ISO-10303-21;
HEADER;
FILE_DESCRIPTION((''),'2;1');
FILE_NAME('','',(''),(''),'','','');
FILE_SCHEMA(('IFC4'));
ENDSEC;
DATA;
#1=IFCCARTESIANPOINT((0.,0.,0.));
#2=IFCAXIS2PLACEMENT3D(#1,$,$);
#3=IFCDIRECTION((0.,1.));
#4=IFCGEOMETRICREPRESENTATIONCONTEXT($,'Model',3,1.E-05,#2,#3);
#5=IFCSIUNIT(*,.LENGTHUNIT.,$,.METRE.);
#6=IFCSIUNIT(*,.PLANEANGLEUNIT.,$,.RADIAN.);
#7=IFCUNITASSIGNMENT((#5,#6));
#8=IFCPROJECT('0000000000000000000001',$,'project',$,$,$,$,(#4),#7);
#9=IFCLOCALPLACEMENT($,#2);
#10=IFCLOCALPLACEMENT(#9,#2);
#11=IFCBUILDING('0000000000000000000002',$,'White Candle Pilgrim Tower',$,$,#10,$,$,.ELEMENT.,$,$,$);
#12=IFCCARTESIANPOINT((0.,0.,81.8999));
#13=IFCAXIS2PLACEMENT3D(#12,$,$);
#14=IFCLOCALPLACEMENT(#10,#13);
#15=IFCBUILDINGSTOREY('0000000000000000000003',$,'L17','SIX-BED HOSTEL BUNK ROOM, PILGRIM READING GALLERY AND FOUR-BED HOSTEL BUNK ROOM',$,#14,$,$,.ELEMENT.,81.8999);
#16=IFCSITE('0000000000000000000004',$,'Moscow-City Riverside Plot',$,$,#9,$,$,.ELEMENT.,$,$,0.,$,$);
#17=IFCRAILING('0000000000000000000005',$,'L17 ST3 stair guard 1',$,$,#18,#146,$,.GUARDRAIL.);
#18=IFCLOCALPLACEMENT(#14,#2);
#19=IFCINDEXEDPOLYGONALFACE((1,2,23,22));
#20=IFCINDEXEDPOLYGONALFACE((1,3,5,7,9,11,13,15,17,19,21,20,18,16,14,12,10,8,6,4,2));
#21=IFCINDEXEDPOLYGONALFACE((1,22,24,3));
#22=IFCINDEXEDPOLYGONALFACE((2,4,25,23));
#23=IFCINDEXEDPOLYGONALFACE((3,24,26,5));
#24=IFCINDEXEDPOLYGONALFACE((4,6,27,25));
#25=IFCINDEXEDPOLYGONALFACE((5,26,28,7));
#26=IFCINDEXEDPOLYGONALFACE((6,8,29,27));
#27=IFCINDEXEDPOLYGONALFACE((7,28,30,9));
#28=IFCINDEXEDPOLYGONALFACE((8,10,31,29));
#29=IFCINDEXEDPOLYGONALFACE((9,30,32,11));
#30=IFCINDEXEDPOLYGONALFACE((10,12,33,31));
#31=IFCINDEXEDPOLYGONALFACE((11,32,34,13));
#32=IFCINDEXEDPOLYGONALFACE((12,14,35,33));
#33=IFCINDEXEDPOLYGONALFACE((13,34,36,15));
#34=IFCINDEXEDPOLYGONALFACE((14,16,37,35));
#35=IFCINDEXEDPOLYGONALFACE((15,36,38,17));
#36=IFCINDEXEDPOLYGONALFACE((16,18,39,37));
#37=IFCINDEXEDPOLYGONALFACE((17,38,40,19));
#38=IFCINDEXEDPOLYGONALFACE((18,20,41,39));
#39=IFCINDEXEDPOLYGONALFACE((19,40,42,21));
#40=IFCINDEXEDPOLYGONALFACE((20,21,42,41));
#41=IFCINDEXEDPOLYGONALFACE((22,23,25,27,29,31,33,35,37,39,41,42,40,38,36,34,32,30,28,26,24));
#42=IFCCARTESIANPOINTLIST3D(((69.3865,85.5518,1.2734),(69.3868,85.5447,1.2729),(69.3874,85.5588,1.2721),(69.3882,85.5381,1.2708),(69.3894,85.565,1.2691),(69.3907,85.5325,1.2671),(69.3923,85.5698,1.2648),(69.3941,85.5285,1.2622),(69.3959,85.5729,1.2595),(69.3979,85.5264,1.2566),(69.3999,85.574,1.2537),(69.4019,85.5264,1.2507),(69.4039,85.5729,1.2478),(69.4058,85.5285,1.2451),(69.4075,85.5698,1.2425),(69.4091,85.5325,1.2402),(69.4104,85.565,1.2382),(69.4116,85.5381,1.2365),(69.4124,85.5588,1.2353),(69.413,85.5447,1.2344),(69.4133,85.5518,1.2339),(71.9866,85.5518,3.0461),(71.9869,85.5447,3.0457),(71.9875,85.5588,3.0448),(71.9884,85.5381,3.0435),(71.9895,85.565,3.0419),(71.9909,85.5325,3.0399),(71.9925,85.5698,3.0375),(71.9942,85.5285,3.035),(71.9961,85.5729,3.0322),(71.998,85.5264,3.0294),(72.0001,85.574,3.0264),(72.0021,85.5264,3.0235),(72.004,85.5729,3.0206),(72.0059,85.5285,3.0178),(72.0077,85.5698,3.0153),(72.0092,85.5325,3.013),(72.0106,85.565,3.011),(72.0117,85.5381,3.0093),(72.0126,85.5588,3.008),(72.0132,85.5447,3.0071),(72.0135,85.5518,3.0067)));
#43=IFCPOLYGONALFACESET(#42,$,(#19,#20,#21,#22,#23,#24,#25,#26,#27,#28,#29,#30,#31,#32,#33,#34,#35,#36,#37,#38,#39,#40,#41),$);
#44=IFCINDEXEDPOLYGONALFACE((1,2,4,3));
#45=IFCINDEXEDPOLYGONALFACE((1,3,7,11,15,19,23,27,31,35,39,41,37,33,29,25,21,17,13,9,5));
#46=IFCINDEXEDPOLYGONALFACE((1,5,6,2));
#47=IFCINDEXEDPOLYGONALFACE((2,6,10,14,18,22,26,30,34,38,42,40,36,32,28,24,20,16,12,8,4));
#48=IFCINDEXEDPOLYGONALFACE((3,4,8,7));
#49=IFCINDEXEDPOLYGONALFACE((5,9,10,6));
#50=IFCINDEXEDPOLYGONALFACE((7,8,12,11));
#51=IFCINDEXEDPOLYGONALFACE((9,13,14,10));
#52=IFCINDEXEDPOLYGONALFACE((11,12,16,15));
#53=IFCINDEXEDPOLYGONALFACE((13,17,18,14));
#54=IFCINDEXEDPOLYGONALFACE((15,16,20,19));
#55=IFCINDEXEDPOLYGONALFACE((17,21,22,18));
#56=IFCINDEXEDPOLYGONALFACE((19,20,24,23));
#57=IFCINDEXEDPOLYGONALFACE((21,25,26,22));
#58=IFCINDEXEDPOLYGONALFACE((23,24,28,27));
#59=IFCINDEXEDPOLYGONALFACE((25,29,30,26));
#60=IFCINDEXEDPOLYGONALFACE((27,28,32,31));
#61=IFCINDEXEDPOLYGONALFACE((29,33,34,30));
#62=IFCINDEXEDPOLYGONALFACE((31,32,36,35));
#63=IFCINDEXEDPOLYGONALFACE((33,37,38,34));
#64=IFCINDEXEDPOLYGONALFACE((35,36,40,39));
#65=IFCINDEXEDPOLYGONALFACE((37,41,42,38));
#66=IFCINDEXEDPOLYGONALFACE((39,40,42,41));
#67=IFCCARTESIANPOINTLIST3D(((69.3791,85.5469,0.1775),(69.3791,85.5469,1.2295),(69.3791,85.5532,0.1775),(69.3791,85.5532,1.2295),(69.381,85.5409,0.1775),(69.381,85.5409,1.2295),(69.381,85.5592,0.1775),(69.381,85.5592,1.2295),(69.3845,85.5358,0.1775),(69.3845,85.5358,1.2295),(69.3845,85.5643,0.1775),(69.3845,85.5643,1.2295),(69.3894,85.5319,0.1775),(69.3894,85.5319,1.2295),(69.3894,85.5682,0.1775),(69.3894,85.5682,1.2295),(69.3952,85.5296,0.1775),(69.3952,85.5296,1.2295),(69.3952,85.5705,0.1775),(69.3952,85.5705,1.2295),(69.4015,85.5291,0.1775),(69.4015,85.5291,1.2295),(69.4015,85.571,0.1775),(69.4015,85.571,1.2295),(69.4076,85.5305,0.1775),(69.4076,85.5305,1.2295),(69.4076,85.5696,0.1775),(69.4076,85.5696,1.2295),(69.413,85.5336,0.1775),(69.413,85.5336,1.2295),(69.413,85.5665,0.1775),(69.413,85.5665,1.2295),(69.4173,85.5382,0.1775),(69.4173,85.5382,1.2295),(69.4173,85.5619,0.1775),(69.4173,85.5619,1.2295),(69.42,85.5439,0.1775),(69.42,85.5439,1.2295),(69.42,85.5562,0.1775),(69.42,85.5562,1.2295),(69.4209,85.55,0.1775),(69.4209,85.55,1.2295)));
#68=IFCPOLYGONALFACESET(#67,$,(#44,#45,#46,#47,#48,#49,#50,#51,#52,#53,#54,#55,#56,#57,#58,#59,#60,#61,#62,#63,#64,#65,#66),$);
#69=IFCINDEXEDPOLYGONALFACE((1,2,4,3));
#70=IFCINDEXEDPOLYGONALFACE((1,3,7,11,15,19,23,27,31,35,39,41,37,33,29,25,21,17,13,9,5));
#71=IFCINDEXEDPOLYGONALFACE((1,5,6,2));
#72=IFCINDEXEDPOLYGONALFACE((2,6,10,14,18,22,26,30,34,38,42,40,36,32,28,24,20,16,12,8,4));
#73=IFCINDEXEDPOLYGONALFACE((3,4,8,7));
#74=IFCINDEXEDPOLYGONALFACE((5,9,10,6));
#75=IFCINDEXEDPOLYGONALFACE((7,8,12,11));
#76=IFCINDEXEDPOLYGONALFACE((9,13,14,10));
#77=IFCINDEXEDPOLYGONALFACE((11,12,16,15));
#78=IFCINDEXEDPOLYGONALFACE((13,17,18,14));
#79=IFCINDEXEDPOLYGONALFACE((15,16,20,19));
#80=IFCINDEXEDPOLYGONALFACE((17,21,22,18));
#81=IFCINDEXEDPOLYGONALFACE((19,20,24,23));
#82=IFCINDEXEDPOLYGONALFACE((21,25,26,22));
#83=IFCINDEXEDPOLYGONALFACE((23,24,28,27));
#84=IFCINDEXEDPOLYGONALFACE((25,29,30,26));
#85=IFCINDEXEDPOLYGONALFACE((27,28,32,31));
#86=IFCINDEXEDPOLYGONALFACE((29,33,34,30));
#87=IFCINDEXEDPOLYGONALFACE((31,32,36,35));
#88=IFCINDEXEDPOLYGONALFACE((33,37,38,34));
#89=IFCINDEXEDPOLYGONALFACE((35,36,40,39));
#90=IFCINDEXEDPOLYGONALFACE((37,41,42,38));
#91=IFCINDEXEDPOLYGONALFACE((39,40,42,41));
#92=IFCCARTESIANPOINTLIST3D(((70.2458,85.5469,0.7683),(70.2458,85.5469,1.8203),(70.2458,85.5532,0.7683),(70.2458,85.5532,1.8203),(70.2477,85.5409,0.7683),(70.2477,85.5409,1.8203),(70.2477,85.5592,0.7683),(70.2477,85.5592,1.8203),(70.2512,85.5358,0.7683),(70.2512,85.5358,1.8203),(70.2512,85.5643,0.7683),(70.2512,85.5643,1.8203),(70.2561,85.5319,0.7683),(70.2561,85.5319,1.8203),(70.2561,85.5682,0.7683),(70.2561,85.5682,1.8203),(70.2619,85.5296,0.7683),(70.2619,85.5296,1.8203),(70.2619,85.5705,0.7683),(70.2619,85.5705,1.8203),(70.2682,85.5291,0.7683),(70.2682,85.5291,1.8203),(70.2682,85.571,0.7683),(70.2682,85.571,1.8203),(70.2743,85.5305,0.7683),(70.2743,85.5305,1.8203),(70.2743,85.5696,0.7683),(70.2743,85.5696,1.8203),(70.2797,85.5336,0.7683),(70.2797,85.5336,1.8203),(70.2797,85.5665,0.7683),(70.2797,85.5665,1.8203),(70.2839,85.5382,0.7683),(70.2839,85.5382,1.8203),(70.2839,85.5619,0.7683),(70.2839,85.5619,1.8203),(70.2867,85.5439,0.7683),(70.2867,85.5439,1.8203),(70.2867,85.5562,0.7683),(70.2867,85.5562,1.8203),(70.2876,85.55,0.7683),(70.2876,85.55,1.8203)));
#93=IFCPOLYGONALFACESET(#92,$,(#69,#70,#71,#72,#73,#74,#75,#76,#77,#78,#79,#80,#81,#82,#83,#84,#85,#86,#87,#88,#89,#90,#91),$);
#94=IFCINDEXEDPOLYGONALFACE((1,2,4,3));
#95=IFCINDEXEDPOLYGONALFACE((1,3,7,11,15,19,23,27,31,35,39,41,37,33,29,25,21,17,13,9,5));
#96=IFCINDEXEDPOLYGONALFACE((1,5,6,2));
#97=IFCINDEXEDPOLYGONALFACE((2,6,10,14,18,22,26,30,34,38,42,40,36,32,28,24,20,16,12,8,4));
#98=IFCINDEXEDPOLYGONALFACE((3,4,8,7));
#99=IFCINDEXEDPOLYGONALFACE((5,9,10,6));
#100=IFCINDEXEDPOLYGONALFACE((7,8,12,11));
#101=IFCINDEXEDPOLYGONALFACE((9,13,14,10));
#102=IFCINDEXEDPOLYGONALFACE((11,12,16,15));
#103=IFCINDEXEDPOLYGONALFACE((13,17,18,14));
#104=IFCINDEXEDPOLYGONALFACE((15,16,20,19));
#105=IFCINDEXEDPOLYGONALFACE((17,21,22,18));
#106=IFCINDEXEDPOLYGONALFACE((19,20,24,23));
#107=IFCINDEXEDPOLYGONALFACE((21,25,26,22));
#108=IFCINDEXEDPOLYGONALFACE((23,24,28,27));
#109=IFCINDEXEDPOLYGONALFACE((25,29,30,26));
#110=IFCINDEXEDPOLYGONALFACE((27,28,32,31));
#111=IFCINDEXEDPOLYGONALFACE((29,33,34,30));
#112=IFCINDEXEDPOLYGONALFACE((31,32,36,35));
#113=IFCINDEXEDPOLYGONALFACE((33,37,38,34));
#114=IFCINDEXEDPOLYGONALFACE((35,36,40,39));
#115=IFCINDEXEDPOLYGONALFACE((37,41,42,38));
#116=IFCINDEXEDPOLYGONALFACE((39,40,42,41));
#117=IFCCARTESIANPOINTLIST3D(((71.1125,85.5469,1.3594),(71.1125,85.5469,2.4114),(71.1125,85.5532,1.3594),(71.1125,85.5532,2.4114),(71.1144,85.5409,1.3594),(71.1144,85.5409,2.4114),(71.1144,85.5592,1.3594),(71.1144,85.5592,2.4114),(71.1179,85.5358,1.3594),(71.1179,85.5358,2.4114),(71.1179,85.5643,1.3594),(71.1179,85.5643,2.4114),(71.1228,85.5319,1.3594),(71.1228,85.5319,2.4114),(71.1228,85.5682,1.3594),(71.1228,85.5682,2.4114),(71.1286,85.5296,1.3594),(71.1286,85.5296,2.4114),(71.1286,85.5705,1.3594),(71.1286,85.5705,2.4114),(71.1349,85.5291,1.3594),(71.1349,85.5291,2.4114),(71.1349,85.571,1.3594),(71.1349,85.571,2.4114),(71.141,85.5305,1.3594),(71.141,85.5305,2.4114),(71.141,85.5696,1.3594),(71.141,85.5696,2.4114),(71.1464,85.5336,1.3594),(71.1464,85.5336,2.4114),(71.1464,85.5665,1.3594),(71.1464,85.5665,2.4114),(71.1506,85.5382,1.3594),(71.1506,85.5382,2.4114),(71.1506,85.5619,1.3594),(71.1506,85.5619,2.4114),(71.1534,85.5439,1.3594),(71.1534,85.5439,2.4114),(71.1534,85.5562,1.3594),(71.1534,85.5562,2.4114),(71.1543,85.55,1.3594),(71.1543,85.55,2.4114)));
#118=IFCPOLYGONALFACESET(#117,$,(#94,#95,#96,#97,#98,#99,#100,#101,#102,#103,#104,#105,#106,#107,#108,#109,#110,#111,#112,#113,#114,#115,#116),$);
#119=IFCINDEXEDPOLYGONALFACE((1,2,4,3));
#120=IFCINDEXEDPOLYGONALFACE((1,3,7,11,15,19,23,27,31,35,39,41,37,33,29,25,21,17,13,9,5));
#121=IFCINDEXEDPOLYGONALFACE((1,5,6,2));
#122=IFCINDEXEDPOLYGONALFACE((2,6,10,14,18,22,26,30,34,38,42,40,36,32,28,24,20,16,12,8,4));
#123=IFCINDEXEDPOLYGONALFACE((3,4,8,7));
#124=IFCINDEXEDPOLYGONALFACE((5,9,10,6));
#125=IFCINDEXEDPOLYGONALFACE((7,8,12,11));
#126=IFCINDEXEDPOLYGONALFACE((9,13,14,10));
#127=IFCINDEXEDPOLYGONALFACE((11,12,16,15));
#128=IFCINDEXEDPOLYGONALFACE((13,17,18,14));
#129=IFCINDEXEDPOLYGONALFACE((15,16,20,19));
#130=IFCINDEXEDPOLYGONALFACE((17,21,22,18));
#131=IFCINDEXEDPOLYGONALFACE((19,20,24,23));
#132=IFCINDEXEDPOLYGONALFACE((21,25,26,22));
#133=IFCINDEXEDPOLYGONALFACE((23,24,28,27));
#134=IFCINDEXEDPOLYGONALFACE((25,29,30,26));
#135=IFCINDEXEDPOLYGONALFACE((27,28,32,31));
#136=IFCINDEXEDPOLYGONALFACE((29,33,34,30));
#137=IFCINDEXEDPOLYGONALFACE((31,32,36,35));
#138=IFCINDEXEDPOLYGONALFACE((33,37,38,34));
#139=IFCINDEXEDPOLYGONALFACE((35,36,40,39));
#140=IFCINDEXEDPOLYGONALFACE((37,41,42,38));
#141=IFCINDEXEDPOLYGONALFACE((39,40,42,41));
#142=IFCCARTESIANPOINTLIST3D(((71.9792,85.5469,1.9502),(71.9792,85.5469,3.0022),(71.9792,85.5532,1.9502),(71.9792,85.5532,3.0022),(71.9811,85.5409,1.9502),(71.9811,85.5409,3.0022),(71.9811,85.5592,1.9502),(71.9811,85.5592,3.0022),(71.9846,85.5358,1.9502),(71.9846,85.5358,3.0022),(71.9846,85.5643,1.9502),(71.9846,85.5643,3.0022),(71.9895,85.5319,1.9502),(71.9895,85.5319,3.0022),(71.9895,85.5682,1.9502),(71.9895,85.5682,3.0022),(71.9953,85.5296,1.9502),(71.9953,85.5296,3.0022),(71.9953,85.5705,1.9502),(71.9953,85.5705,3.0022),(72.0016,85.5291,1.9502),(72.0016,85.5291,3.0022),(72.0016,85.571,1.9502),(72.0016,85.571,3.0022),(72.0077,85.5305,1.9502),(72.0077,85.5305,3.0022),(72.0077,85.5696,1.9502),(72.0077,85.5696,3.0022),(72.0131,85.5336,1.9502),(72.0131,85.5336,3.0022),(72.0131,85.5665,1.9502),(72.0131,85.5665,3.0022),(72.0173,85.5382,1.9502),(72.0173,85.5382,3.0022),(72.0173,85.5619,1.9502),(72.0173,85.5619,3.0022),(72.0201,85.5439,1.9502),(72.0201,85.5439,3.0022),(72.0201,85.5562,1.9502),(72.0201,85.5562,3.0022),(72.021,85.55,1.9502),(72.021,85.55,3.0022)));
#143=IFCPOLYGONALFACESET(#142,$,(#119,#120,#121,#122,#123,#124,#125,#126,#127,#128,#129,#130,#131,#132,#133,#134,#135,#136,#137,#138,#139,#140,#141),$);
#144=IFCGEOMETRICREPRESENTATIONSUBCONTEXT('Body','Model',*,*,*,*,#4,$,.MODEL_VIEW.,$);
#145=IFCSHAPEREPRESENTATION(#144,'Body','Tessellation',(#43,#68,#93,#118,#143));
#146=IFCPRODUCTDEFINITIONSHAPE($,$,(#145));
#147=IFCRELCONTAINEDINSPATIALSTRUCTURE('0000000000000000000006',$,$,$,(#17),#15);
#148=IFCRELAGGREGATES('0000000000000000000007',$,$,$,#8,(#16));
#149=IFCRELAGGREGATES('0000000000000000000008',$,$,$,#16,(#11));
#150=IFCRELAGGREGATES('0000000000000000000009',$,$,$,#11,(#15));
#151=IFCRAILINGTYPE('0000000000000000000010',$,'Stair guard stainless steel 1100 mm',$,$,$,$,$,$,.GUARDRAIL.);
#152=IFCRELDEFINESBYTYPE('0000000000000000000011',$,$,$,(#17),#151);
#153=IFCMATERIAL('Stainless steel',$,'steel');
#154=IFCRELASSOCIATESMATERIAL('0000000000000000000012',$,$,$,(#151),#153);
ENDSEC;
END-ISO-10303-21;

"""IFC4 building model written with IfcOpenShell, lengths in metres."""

from ifc_helpers import new_model, si_unit, direction, frame, origin, origin_2d, place, context, subcontext, project, spatial, circle, extrude, material, type_object, element, save


model = new_model("IFC4")

# Units and contexts
model_context = context("Model", 3, precision=1e-05, world=origin(), true_north=direction((0.0, 1.0)))
body_context = subcontext(model_context, "Body", "Model", "MODEL_VIEW")
ifc_project = project(units=[si_unit("LENGTHUNIT", "METRE"), si_unit("PLANEANGLEUNIT", "RADIAN")], contexts=[model_context])

# Site, building, storey
site_placement = place(None, origin())
site = spatial("IfcSite", under=ifc_project, at=site_placement, Name="Moscow-City Riverside Plot", CompositionType="ELEMENT", RefElevation=0.0)
building_placement = place(site_placement, origin())
building = spatial("IfcBuilding", under=site, at=building_placement, Name="White Candle Pilgrim Tower", CompositionType="ELEMENT")
storey_placement = place(building_placement, frame((0.0, 0.0, 81.8999)))
storey = spatial("IfcBuildingStorey", under=building, at=storey_placement, Name="L17", Description="SIX-BED HOSTEL BUNK ROOM, PILGRIM READING GALLERY AND FOUR-BED HOSTEL BUNK ROOM", CompositionType="ELEMENT", Elevation=81.8999)

# Railing
ifc_material_1 = material(Name="Stainless steel", Category="steel")
railing_type_1 = type_object("IfcRailingType", Name="Stair guard stainless steel 1100 mm", PredefinedType="GUARDRAIL", material=ifc_material_1)
railing_1_placement = place(storey_placement, frame((69.3999, 85.55, 0.1775)))
element("IfcRailing", 1, at=railing_1_placement, inside=storey, type_object=railing_type_1, Name="L17 ST3 stair guard 1", PredefinedType="GUARDRAIL", context=body_context, shape_type="SweptSolid", body=[
    extrude(circle(Radius=0.0239, at=origin_2d()), frame((0.0, 0.0, 1.0762), z_axis=(0.82624, 0.0, 0.563318), x_axis=(0.0, 1.0, 0.0)), (0.0, 0.0, 1.0), 3.147),
    extrude(circle(Radius=0.021, at=origin_2d()), origin(), (0.0, 0.0, 1.0), 1.052),
    extrude(circle(Radius=0.021, at=origin_2d()), frame((0.8667, 0.0, 0.5908)), (0.0, 0.0, 1.0), 1.052),
    extrude(circle(Radius=0.021, at=origin_2d()), frame((1.7334, 0.0, 1.1819)), (0.0, 0.0, 1.0), 1.052),
    extrude(circle(Radius=0.021, at=origin_2d()), frame((2.6001, 0.0, 1.7727)), (0.0, 0.0, 1.0), 1.052),
])

save(model, "model.ifc")
